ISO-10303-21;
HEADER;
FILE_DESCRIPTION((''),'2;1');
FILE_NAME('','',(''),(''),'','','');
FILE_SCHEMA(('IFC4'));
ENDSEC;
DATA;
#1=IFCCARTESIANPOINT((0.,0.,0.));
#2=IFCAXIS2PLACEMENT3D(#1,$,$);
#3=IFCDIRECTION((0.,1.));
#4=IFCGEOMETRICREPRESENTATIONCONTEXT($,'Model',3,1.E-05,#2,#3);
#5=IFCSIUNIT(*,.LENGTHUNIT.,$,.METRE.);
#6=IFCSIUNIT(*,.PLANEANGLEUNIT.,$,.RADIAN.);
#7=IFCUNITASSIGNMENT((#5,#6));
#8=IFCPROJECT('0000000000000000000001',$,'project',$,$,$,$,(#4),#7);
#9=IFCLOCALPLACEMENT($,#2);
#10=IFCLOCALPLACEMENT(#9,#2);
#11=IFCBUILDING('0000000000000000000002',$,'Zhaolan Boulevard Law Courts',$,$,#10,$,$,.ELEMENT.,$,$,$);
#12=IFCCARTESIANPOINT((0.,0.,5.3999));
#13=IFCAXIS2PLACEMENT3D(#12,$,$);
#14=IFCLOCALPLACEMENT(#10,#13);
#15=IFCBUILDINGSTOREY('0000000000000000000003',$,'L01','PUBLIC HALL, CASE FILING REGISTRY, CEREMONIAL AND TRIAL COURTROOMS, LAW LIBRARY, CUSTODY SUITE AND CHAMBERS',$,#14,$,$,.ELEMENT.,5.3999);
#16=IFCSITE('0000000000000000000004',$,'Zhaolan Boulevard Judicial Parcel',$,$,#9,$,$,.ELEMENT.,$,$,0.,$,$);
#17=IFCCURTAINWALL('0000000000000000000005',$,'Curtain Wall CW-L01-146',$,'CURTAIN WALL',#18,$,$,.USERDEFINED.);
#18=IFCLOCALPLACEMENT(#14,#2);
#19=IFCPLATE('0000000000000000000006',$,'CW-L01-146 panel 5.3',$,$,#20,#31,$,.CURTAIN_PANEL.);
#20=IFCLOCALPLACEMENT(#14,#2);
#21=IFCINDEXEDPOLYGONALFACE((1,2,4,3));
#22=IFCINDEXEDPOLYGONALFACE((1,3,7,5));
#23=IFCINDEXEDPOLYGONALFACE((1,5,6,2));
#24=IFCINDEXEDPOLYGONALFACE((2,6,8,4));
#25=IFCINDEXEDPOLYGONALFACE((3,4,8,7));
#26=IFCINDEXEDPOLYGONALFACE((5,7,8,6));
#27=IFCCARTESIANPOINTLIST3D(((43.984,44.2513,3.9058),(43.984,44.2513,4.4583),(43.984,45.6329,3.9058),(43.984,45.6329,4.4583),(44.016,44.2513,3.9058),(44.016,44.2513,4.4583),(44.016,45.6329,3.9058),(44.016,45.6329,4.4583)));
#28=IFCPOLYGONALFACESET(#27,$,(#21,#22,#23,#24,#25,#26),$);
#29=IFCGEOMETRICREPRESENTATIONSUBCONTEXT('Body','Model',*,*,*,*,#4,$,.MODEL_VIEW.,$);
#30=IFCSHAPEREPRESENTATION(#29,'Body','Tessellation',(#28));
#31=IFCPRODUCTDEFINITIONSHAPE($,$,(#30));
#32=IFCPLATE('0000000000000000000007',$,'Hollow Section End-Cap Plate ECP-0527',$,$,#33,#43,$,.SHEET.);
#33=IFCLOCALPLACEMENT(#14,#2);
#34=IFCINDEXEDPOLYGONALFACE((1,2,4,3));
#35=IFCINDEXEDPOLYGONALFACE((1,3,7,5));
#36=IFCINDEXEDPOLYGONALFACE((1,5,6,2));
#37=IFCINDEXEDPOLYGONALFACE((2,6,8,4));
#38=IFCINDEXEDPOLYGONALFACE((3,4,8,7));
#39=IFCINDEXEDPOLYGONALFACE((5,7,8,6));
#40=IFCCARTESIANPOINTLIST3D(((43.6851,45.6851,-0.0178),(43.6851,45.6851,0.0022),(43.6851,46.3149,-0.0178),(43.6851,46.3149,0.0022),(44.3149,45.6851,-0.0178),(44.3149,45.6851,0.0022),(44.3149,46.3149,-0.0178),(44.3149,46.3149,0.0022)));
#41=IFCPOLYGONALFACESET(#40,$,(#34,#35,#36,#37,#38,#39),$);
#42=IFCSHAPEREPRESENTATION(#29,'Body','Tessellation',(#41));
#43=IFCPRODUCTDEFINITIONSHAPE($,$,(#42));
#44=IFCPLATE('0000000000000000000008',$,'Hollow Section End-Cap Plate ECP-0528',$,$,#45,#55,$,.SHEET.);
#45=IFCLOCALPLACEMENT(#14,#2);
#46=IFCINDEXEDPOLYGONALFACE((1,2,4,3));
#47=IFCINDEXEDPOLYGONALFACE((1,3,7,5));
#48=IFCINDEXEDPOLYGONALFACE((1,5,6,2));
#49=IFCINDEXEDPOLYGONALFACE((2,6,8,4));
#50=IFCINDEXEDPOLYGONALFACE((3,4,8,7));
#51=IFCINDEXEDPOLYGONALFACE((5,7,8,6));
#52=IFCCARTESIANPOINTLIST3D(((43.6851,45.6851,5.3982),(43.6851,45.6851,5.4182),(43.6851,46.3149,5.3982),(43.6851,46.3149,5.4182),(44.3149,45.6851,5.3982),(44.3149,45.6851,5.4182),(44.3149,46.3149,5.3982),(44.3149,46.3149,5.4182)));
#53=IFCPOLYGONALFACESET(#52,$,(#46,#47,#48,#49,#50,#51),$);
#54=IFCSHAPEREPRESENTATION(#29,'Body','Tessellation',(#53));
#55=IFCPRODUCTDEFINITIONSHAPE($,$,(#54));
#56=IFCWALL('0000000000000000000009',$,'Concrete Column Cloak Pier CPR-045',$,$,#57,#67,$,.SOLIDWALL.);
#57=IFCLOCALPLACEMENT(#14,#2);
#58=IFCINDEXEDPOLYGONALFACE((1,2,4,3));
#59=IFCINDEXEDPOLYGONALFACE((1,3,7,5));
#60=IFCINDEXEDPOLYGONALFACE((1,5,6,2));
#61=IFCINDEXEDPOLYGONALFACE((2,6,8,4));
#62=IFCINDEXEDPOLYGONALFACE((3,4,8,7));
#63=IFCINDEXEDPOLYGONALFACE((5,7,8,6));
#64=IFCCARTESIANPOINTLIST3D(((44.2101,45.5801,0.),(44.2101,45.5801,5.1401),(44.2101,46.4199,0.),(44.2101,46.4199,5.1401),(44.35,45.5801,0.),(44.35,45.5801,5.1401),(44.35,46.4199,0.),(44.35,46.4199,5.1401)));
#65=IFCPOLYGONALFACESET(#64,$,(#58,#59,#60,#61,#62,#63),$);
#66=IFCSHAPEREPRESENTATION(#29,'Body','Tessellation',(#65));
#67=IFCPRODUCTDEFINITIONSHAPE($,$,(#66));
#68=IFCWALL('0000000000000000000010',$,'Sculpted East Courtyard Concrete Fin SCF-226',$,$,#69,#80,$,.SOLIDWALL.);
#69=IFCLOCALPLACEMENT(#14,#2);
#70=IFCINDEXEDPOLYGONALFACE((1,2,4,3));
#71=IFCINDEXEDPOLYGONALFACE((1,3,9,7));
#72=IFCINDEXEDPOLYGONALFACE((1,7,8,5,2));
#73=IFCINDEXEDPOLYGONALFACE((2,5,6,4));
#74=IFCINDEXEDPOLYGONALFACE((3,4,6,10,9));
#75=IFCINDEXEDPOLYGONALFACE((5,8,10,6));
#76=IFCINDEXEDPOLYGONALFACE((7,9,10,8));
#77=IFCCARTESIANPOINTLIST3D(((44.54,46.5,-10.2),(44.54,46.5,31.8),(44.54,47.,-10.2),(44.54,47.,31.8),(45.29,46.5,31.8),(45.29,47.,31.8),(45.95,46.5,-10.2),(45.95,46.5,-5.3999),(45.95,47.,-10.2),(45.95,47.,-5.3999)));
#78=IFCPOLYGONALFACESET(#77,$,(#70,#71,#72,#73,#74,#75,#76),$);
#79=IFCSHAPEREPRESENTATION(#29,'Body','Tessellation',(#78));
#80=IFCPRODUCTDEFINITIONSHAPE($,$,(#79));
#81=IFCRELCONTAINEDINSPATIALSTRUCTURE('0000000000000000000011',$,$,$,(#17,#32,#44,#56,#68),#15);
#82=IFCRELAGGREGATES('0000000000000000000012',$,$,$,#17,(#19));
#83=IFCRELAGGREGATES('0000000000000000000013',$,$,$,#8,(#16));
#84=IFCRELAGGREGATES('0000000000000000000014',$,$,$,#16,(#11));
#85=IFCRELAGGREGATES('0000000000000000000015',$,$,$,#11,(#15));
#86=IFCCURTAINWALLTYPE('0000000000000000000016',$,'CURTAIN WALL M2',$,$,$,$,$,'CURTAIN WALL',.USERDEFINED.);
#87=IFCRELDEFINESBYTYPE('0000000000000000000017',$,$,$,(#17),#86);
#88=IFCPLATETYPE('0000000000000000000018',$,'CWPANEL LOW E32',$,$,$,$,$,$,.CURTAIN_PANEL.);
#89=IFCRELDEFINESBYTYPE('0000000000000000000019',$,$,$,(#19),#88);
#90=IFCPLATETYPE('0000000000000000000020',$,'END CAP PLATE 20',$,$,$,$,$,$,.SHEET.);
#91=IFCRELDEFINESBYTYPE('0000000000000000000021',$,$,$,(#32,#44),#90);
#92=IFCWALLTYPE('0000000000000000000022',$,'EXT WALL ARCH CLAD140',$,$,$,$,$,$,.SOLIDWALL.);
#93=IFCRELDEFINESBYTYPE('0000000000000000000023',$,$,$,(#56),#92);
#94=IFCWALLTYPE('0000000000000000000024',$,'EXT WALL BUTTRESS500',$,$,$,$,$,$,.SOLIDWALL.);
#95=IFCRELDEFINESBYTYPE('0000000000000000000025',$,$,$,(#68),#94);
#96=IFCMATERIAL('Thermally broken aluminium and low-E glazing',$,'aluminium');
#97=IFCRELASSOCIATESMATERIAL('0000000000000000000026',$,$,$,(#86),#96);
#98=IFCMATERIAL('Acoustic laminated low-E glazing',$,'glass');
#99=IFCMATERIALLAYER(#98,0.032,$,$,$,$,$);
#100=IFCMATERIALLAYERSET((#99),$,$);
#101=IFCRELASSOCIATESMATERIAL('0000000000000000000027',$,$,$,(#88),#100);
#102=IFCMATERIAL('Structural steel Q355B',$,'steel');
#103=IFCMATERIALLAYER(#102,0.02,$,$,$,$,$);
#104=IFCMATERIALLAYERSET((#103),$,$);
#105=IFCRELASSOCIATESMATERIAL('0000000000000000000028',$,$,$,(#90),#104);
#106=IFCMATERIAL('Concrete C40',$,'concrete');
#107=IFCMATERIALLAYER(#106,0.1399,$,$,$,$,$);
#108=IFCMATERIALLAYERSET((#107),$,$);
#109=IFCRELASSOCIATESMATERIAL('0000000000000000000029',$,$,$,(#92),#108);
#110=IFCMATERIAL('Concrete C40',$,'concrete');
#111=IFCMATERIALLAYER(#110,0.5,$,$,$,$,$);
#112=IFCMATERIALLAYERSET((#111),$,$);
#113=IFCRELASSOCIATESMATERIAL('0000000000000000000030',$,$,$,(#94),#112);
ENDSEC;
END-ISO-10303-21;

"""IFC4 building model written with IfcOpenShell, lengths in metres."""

from ifc_helpers import new_model, si_unit, direction, frame, frame_2d, origin, origin_2d, place, context, subcontext, project, spatial, polyline, rectangle, outline, extrude, material, layer, layer_set, type_object, element, aggregate, save


model = new_model("IFC4")

# Units and contexts
model_context = context("Model", 3, precision=1e-05, world=origin(), true_north=direction((0.0, 1.0)))
body_context = subcontext(model_context, "Body", "Model", "MODEL_VIEW")
ifc_project = project(units=[si_unit("LENGTHUNIT", "METRE"), si_unit("PLANEANGLEUNIT", "RADIAN")], contexts=[model_context])

# Site, building, storey
site_placement = place(None, origin())
site = spatial("IfcSite", under=ifc_project, at=site_placement, Name="Zhaolan Boulevard Judicial Parcel", CompositionType="ELEMENT", RefElevation=0.0)
building_placement = place(site_placement, origin())
building = spatial("IfcBuilding", under=site, at=building_placement, Name="Zhaolan Boulevard Law Courts", CompositionType="ELEMENT")
storey_placement = place(building_placement, frame((0.0, 0.0, 5.3999)))
storey = spatial("IfcBuildingStorey", under=building, at=storey_placement, Name="L01", Description="PUBLIC HALL, CASE FILING REGISTRY, CEREMONIAL AND TRIAL COURTROOMS, LAW LIBRARY, CUSTODY SUITE AND CHAMBERS", CompositionType="ELEMENT", Elevation=5.3999)

# Curtain wall
ifc_material_1 = material(Name="Thermally broken aluminium and low-E glazing", Category="aluminium")
curtain_wall_type_1 = type_object("IfcCurtainWallType", Name="CURTAIN WALL M2", ElementType="CURTAIN WALL", PredefinedType="USERDEFINED", material=ifc_material_1)
curtain_wall_1_placement = place(storey_placement, origin())
curtain_wall_1 = element("IfcCurtainWall", 1, at=curtain_wall_1_placement, inside=storey, type_object=curtain_wall_type_1, Name="Curtain Wall CW-L01-146", ObjectType="CURTAIN WALL", PredefinedType="USERDEFINED")

# Plate
ifc_material_2 = material(Name="Acoustic laminated low-E glazing", Category="glass")
ifc_layer_1 = layer(ifc_material_2, 0.032)
ifc_layer_set_1 = layer_set([ifc_layer_1])
plate_type_1 = type_object("IfcPlateType", Name="CWPANEL LOW E32", PredefinedType="CURTAIN_PANEL", material=ifc_layer_set_1)
plate_1_placement = place(storey_placement, frame((44.0, 44.9421, 3.9058), z_axis=(0.0, 0.0, 1.0), x_axis=(0.0, 1.0, 0.0)))
plate_1 = element("IfcPlate", 2, at=plate_1_placement, type_object=plate_type_1, Name="CW-L01-146 panel 5.3", PredefinedType="CURTAIN_PANEL", context=body_context, shape_type="SweptSolid", body=[
    extrude(rectangle(XDim=1.3816, YDim=0.032, at=origin_2d()), origin(), (0.0, 0.0, 1.0), 0.5525),
])
aggregate(curtain_wall_1, [plate_1])

# Plates
ifc_material_3 = material(Name="Structural steel Q355B", Category="steel")
ifc_layer_2 = layer(ifc_material_3, 0.02)
ifc_layer_set_2 = layer_set([ifc_layer_2])
plate_type_2 = type_object("IfcPlateType", Name="END CAP PLATE 20", PredefinedType="SHEET", material=ifc_layer_set_2)
for number, where, z_axis, x_axis, name in (
    (3, (44.0, 46.0, -0.0178), (0.0, 0.0, 1.0), (1.0, 0.0, 0.0), "Hollow Section End-Cap Plate ECP-0527"),
    (4, (44.0, 46.0, 5.3982), (0.0, 0.0, 1.0), (1.0, 0.0, 0.0), "Hollow Section End-Cap Plate ECP-0528"),
):
    element("IfcPlate", number, at=place(storey_placement, frame(where, z_axis=z_axis, x_axis=x_axis)), inside=storey, type_object=plate_type_2, Name=name, PredefinedType="SHEET", context=body_context, shape_type="SweptSolid", body=[
        extrude(rectangle(XDim=0.6299, YDim=0.6299, at=origin_2d()), origin(), (0.0, 0.0, 1.0), 0.02),
    ])

# Walls
ifc_material_4 = material(Name="Concrete C40", Category="concrete")
ifc_layer_3 = layer(ifc_material_4, 0.1399)
ifc_layer_set_3 = layer_set([ifc_layer_3])
wall_type_1 = type_object("IfcWallType", Name="EXT WALL ARCH CLAD140", PredefinedType="SOLIDWALL", material=ifc_layer_set_3)
wall_1_placement = place(storey_placement, frame((44.28, 45.5801, 0.0), z_axis=(0.0, 0.0, 1.0), x_axis=(0.0, 1.0, 0.0)))
element("IfcWall", 5, at=wall_1_placement, inside=storey, type_object=wall_type_1, Name="Concrete Column Cloak Pier CPR-045", PredefinedType="SOLIDWALL", context=body_context, shape_type="SweptSolid", body=[
    extrude(rectangle(XDim=0.8398, YDim=0.1399, at=frame_2d((0.4199, 0.0))), origin(), (0.0, 0.0, 1.0), 5.1401),
])
ifc_material_5 = material(Name="Concrete C40", Category="concrete")
ifc_layer_4 = layer(ifc_material_5, 0.5)
ifc_layer_set_4 = layer_set([ifc_layer_4])
wall_type_2 = type_object("IfcWallType", Name="EXT WALL BUTTRESS500", PredefinedType="SOLIDWALL", material=ifc_layer_set_4)
wall_2_placement = place(storey_placement, frame((44.54, 46.75, -10.2), z_axis=(0.0, 0.0, 1.0), x_axis=(1.0, 0.0, 0.0)))
element("IfcWall", 6, at=wall_2_placement, inside=storey, type_object=wall_type_2, Name="Sculpted East Courtyard Concrete Fin SCF-226", PredefinedType="SOLIDWALL", context=body_context, shape_type="SweptSolid", body=[
    extrude(outline(polyline([(0.0, 0.0), (1.4099, 0.0), (1.4099, 4.8), (0.75, 42.0), (0.0, 42.0), (0.0, 0.0)])), frame((0.0, 0.25, 0.0), z_axis=(0.0, -1.0, 0.0), x_axis=(1.0, 0.0, 0.0)), (0.0, 0.0, 1.0), 0.5),
])

save(model, "model.ifc")
